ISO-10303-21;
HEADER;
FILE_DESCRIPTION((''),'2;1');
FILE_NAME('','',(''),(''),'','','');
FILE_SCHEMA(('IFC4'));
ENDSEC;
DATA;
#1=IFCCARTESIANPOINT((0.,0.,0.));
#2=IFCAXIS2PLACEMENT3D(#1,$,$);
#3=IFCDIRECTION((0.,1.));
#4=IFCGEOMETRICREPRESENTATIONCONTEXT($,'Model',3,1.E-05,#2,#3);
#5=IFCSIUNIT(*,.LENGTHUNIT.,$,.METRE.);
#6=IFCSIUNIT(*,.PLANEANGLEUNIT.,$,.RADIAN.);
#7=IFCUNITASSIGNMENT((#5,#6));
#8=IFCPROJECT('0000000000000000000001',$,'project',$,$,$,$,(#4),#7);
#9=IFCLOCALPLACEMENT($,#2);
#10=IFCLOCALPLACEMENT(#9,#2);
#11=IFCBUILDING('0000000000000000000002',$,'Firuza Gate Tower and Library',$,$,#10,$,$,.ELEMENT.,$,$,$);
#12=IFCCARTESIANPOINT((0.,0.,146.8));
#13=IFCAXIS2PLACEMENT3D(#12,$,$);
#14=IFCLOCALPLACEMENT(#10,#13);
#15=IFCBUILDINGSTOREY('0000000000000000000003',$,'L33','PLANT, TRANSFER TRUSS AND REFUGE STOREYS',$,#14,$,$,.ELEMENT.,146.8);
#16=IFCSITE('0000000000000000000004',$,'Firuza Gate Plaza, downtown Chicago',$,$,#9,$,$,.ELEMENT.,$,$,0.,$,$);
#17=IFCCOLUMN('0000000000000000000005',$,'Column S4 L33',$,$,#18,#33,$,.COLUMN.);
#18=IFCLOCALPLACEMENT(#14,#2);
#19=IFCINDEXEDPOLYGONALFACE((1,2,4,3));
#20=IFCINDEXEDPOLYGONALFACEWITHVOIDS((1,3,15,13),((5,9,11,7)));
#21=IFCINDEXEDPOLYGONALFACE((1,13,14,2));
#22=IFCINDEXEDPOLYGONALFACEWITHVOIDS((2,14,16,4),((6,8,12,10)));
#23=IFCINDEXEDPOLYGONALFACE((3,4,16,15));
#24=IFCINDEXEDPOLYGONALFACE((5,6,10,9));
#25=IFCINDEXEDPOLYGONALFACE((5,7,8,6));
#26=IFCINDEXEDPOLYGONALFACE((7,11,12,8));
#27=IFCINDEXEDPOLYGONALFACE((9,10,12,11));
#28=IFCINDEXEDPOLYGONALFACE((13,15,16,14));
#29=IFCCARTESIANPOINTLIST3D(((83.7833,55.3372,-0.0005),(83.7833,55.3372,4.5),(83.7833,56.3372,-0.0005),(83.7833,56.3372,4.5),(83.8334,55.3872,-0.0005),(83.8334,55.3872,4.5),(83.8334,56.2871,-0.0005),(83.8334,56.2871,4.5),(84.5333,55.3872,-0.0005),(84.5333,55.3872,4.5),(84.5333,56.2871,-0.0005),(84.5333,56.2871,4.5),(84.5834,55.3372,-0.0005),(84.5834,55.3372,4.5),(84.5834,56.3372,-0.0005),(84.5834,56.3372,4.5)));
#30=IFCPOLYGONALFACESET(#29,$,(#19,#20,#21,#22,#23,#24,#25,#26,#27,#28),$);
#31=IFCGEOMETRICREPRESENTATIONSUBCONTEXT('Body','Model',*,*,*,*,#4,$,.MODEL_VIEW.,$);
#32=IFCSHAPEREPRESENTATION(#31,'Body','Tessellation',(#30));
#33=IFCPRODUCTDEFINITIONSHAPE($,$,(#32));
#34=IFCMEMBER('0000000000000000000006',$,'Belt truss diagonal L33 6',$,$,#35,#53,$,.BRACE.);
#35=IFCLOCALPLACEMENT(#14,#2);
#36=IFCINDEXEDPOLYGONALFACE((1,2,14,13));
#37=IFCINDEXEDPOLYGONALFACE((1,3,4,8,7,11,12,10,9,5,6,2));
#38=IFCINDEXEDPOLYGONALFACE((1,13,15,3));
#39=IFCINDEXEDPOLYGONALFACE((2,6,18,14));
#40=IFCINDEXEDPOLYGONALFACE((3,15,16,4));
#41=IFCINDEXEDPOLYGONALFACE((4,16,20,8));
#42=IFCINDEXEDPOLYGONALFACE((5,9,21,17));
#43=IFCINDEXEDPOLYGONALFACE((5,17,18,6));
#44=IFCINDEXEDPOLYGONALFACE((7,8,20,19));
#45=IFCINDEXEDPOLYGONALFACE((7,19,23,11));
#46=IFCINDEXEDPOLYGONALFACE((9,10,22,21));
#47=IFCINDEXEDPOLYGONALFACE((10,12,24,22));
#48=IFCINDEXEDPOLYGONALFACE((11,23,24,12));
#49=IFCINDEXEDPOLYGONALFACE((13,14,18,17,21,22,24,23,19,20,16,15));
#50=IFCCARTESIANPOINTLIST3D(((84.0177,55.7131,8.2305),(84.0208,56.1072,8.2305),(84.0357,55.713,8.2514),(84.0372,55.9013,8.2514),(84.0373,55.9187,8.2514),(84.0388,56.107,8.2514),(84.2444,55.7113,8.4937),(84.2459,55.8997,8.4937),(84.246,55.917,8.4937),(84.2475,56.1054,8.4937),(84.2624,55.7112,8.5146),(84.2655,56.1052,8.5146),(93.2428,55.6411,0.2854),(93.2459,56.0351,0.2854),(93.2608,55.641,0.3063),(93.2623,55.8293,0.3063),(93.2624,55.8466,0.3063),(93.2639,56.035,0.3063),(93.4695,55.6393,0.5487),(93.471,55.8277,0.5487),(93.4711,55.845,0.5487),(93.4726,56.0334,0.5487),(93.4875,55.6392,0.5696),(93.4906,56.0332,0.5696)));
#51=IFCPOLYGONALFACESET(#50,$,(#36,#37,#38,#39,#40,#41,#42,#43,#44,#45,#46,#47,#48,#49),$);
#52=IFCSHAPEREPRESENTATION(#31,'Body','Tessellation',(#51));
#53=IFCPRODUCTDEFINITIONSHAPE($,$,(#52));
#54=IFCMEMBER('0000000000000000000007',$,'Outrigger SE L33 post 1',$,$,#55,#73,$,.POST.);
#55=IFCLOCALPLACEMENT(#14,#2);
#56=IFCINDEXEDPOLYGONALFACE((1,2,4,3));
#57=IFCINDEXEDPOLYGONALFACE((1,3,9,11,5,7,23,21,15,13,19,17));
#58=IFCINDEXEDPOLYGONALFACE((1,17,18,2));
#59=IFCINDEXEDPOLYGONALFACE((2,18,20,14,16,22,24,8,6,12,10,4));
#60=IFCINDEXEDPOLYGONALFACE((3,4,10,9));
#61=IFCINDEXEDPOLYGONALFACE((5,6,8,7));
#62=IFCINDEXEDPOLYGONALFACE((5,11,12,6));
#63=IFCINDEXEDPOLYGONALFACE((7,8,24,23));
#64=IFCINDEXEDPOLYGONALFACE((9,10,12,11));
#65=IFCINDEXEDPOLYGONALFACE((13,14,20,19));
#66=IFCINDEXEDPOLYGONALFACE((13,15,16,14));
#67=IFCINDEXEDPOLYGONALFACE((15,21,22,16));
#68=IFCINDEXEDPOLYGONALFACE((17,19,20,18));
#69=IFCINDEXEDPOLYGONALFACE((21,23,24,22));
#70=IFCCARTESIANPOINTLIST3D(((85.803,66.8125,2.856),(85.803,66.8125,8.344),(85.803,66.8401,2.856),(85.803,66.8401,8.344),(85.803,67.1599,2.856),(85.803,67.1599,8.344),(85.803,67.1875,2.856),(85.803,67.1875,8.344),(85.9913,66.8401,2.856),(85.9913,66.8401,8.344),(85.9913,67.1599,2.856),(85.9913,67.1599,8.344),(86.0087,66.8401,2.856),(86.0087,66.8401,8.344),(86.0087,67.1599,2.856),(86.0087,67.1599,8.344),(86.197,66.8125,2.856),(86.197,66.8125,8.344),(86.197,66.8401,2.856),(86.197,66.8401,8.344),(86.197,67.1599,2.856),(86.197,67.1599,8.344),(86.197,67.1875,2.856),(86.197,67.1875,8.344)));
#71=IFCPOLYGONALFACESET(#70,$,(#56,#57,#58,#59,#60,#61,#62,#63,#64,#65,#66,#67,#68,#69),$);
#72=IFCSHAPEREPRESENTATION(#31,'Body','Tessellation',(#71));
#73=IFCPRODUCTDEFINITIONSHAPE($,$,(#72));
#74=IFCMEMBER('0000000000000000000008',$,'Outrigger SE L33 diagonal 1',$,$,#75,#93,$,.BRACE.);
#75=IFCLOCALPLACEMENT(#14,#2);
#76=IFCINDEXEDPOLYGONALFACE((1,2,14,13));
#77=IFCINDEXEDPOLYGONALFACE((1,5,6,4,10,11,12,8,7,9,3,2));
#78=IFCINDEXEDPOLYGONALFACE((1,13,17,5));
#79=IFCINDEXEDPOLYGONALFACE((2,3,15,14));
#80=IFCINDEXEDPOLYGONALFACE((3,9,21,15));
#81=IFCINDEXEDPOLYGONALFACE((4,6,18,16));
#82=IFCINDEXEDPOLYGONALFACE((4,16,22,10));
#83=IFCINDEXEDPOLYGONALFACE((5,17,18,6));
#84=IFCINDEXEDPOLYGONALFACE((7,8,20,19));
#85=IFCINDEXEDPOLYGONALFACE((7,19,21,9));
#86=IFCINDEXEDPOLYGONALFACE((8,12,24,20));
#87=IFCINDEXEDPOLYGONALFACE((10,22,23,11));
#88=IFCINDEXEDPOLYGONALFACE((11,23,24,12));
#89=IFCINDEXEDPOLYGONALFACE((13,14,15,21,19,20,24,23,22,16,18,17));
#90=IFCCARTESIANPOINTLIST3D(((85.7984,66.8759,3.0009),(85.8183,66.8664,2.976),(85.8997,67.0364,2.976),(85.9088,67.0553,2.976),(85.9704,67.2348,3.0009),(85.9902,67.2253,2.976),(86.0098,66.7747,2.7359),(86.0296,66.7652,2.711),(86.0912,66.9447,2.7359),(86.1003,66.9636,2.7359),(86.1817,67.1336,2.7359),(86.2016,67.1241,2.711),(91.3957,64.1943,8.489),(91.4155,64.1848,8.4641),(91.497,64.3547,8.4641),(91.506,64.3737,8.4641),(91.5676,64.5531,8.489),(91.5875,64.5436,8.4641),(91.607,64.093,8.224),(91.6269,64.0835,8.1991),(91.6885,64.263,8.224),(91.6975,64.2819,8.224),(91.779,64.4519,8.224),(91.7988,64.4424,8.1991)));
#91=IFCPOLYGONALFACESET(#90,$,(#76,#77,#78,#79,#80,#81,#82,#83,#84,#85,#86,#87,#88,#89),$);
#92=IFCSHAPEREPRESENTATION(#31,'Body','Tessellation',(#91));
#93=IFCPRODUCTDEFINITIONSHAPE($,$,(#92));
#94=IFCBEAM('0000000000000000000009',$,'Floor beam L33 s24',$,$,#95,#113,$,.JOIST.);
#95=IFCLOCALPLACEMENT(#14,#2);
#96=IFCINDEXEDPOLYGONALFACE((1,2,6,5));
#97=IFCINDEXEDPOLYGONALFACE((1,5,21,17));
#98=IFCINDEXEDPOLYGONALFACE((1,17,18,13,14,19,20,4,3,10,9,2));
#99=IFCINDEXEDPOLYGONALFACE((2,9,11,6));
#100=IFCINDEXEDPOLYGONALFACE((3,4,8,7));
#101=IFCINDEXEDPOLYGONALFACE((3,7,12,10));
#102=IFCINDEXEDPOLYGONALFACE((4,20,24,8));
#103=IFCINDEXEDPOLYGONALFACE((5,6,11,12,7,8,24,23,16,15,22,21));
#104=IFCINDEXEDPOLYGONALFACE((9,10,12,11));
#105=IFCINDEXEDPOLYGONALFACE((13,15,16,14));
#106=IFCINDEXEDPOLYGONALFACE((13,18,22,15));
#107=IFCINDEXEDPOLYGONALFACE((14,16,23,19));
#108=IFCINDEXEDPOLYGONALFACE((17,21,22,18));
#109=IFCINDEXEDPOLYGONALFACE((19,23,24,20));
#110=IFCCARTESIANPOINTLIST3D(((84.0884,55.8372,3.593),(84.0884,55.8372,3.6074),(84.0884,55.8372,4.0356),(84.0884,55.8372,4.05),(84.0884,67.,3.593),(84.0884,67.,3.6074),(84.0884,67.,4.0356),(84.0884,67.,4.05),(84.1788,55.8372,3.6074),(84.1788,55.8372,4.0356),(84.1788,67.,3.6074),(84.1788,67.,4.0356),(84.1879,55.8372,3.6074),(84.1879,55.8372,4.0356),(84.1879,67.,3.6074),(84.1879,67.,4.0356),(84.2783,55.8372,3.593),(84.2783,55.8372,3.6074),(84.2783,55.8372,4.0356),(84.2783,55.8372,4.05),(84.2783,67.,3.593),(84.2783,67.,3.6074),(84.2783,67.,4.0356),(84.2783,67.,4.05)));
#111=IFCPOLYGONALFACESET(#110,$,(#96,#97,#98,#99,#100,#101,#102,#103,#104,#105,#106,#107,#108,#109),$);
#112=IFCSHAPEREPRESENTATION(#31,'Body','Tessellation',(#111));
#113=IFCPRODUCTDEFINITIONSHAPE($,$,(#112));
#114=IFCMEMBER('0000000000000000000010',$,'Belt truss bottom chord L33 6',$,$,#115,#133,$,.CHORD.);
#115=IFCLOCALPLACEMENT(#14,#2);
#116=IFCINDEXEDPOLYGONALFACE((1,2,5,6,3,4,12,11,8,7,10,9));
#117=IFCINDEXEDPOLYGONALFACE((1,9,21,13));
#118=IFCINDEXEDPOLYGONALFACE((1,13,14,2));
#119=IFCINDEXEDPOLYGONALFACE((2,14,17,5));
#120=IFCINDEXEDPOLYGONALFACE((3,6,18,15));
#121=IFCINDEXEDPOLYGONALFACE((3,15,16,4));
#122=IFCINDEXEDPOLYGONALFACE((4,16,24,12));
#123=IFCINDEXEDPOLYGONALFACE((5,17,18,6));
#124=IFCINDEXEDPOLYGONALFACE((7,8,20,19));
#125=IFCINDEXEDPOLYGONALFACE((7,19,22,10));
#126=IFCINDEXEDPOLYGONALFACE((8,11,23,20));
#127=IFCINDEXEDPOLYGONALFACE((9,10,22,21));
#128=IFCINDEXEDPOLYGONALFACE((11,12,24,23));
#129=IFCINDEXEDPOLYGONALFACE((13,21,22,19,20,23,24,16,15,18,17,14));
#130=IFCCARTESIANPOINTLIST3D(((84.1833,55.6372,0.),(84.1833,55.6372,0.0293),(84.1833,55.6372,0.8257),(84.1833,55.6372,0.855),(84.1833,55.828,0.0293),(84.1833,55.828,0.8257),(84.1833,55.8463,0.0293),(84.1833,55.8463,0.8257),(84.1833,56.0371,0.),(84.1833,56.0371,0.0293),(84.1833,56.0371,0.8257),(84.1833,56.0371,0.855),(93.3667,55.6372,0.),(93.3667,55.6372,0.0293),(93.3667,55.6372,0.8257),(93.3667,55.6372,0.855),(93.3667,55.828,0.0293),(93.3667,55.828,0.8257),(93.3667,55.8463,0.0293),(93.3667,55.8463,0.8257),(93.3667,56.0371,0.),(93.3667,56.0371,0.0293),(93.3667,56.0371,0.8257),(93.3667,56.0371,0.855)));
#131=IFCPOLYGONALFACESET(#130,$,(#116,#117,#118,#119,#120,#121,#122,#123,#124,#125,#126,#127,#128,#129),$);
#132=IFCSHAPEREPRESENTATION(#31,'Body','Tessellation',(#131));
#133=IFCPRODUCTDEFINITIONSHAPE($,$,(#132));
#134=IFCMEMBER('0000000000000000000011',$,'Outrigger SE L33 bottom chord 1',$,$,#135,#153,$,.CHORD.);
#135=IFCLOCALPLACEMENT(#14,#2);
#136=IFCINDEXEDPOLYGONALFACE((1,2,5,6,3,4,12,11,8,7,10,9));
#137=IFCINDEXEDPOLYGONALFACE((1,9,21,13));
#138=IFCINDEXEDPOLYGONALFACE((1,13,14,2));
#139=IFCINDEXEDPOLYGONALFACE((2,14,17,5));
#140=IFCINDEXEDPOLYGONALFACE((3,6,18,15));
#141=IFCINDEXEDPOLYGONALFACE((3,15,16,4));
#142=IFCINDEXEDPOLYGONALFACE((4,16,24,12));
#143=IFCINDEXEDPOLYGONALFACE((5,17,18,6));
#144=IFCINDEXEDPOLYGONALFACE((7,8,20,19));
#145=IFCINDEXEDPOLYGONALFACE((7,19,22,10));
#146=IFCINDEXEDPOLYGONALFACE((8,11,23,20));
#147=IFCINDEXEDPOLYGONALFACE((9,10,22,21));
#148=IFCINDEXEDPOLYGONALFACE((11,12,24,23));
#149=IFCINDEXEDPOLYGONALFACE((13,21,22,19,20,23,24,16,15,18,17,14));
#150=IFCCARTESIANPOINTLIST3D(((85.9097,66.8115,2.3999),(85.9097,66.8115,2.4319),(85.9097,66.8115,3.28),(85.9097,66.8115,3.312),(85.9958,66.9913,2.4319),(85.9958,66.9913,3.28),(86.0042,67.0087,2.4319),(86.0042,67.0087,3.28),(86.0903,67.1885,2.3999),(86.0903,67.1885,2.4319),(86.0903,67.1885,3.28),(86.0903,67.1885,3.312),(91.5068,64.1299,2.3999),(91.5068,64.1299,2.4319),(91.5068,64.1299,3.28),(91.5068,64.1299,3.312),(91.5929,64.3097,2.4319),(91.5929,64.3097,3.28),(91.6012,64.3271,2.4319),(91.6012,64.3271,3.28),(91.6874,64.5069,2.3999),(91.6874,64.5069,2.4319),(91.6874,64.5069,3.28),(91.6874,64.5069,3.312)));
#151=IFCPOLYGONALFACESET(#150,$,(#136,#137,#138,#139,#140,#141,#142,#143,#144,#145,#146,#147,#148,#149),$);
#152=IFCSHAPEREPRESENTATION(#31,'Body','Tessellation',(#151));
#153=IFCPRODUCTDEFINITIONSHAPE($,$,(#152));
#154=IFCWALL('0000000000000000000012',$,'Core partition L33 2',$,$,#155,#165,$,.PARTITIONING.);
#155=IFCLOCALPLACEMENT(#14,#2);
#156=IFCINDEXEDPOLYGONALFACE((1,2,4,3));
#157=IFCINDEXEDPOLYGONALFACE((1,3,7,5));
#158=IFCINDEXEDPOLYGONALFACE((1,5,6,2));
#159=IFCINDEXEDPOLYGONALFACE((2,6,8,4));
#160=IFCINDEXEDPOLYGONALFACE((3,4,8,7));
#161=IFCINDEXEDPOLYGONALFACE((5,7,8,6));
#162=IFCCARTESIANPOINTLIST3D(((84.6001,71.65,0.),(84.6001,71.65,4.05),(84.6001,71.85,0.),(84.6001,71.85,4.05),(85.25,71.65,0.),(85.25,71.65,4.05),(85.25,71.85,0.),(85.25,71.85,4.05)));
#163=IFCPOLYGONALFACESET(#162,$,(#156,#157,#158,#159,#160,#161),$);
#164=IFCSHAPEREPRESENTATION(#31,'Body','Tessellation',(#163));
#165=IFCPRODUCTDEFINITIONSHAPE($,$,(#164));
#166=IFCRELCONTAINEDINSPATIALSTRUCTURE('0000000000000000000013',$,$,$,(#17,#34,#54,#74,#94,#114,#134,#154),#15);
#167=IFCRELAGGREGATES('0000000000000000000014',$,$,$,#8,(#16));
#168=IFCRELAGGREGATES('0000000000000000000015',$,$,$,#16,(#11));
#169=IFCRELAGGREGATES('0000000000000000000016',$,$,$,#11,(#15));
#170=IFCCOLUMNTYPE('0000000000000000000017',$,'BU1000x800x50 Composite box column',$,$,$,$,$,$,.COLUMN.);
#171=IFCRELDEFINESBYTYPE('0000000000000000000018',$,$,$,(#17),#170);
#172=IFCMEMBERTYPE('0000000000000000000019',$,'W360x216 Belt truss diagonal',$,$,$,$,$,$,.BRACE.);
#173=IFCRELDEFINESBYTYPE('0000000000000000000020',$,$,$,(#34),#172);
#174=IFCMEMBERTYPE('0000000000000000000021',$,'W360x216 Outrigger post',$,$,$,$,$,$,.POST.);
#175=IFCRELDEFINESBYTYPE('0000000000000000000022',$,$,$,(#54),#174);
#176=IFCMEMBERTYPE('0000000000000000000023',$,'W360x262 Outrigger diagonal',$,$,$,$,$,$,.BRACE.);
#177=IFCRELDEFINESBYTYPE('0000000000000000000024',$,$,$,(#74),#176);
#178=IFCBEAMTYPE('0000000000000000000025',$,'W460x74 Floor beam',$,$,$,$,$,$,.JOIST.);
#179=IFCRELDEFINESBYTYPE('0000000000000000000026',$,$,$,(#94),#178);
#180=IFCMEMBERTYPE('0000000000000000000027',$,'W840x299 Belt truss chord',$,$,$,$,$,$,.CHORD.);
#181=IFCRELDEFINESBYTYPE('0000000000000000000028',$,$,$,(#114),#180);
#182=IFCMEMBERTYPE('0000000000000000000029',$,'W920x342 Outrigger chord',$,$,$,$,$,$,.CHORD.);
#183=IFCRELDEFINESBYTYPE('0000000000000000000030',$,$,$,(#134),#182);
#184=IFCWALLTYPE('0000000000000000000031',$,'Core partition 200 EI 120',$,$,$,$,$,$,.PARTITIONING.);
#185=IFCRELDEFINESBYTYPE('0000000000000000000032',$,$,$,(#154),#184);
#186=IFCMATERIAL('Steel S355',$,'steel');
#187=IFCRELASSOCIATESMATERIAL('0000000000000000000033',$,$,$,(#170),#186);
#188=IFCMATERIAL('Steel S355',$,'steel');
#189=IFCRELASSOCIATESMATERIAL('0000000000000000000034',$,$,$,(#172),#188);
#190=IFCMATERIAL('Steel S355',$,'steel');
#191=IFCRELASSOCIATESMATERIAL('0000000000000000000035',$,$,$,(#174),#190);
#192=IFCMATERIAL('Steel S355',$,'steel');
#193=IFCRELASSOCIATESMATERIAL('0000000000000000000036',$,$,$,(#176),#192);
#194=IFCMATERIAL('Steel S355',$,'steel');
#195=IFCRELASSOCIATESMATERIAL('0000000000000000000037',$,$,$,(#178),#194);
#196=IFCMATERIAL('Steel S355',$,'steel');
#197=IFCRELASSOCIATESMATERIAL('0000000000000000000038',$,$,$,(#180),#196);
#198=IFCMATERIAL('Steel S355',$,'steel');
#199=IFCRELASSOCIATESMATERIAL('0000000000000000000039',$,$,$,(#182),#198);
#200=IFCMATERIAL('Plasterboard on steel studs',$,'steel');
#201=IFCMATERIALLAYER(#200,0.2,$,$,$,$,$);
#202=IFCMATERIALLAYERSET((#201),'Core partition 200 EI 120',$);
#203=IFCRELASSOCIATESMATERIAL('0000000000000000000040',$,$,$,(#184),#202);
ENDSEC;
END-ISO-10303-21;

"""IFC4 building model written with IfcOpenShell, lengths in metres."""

from ifc_helpers import new_model, si_unit, direction, frame, frame_2d, origin, origin_2d, place, context, subcontext, project, spatial, rectangle, hollow_rectangle, i_section, extrude, material, layer, layer_set, material_profile, profile_set, type_object, element, save


model = new_model("IFC4")

# Units and contexts
model_context = context("Model", 3, precision=1e-05, world=origin(), true_north=direction((0.0, 1.0)))
body_context = subcontext(model_context, "Body", "Model", "MODEL_VIEW")
ifc_project = project(units=[si_unit("LENGTHUNIT", "METRE"), si_unit("PLANEANGLEUNIT", "RADIAN")], contexts=[model_context])

# Site, building, storey
site_placement = place(None, origin())
site = spatial("IfcSite", under=ifc_project, at=site_placement, Name="Firuza Gate Plaza, downtown Chicago", CompositionType="ELEMENT", RefElevation=0.0)
building_placement = place(site_placement, origin())
building = spatial("IfcBuilding", under=site, at=building_placement, Name="Firuza Gate Tower and Library", CompositionType="ELEMENT")
storey_placement = place(building_placement, frame((0.0, 0.0, 146.8)))
storey = spatial("IfcBuildingStorey", under=building, at=storey_placement, Name="L33", Description="PLANT, TRANSFER TRUSS AND REFUGE STOREYS", CompositionType="ELEMENT", Elevation=146.8)

# Column
ifc_material_1 = material(Name="Steel S355", Category="steel")
ifc_material_profile_1 = material_profile(ifc_material_1, hollow_rectangle(XDim=0.8, YDim=1.0, WallThickness=0.05, at=origin_2d()))
ifc_profile_set_1 = profile_set([ifc_material_profile_1], Name="Steel S355")
column_type = type_object("IfcColumnType", Name="BU1000x800x50 Composite box column", PredefinedType="COLUMN", material=ifc_profile_set_1)
column_placement = place(storey_placement, frame((84.1833, 55.8372, -0.0005), z_axis=(0.0, 0.0, 1.0), x_axis=(1.0, 0.0, 0.0)))
element("IfcColumn", 1, at=column_placement, inside=storey, type_object=column_type, Name="Column S4 L33", PredefinedType="COLUMN", context=body_context, shape_type="SweptSolid", body=[
    extrude(hollow_rectangle(XDim=0.8, YDim=1.0, WallThickness=0.05, at=origin_2d()), origin(), (0.0, 0.0, 1.0), 4.5005),
])

# Members
ifc_material_2 = material(Name="Steel S355", Category="steel")
ifc_material_profile_2 = material_profile(ifc_material_2, i_section(OverallWidth=0.394, OverallDepth=0.375, WebThickness=0.0173, FlangeThickness=0.0276, at=origin_2d()))
ifc_profile_set_2 = profile_set([ifc_material_profile_2], Name="Steel S355")
member_type_1 = type_object("IfcMemberType", Name="W360x216 Belt truss diagonal", PredefinedType="BRACE", material=ifc_profile_set_2)
member_1_placement = place(storey_placement, frame((84.1416, 55.9092, 8.3726), z_axis=(0.757705, -0.005916, -0.65257), x_axis=(0.007807, 0.99997, 0.0)))
element("IfcMember", 2, at=member_1_placement, inside=storey, type_object=member_type_1, Name="Belt truss diagonal L33 6", PredefinedType="BRACE", context=body_context, shape_type="SweptSolid", body=[
    extrude(i_section(OverallWidth=0.394, OverallDepth=0.375, WebThickness=0.0173, FlangeThickness=0.0276, at=origin_2d()), origin(), (0.0, 0.0, 1.0), 12.175),
])
ifc_material_3 = material(Name="Steel S355", Category="steel")
ifc_material_profile_3 = material_profile(ifc_material_3, i_section(OverallWidth=0.394, OverallDepth=0.375, WebThickness=0.0173, FlangeThickness=0.0276, at=origin_2d()))
ifc_profile_set_3 = profile_set([ifc_material_profile_3], Name="Steel S355")
member_type_2 = type_object("IfcMemberType", Name="W360x216 Outrigger post", PredefinedType="POST", material=ifc_profile_set_3)
member_2_placement = place(storey_placement, frame((86.0, 67.0, 2.856), z_axis=(0.0, 0.0, 1.0), x_axis=(1.0, 0.0, 0.0)))
element("IfcMember", 3, at=member_2_placement, inside=storey, type_object=member_type_2, Name="Outrigger SE L33 post 1", PredefinedType="POST", context=body_context, shape_type="SweptSolid", body=[
    extrude(i_section(OverallWidth=0.394, OverallDepth=0.375, WebThickness=0.0173, FlangeThickness=0.0276, at=origin_2d()), origin(), (0.0, 0.0, 1.0), 5.488),
])
ifc_material_4 = material(Name="Steel S355", Category="steel")
ifc_material_profile_4 = material_profile(ifc_material_4, i_section(OverallWidth=0.3979, OverallDepth=0.387, WebThickness=0.021, FlangeThickness=0.0332, at=origin_2d()))
ifc_profile_set_4 = profile_set([ifc_material_profile_4], Name="Steel S355")
member_type_3 = type_object("IfcMemberType", Name="W360x262 Outrigger diagonal", PredefinedType="BRACE", material=ifc_profile_set_4)
member_3_placement = place(storey_placement, frame((86.0, 67.0, 2.856), z_axis=(0.675594, -0.323682, 0.662422), x_axis=(0.432076, 0.901837, 0.0)))
element("IfcMember", 4, at=member_3_placement, inside=storey, type_object=member_type_3, Name="Outrigger SE L33 diagonal 1", PredefinedType="BRACE", context=body_context, shape_type="SweptSolid", body=[
    extrude(i_section(OverallWidth=0.3979, OverallDepth=0.387, WebThickness=0.021, FlangeThickness=0.0332, at=origin_2d()), origin(), (0.0, 0.0, 1.0), 8.2849),
])

# Beam
ifc_material_5 = material(Name="Steel S355", Category="steel")
ifc_material_profile_5 = material_profile(ifc_material_5, i_section(OverallWidth=0.1899, OverallDepth=0.457, WebThickness=0.009, FlangeThickness=0.0144, at=origin_2d()))
ifc_profile_set_5 = profile_set([ifc_material_profile_5], Name="Steel S355")
beam_type = type_object("IfcBeamType", Name="W460x74 Floor beam", PredefinedType="JOIST", material=ifc_profile_set_5)
beam_placement = place(storey_placement, frame((84.1833, 55.8372, 3.8215), z_axis=(0.0, 1.0, 0.0), x_axis=(-1.0, 0.0, 0.0)))
element("IfcBeam", 5, at=beam_placement, inside=storey, type_object=beam_type, Name="Floor beam L33 s24", PredefinedType="JOIST", context=body_context, shape_type="SweptSolid", body=[
    extrude(i_section(OverallWidth=0.1899, OverallDepth=0.457, WebThickness=0.009, FlangeThickness=0.0144, at=origin_2d()), origin(), (0.0, 0.0, 1.0), 11.1628),
])

# Members
ifc_material_6 = material(Name="Steel S355", Category="steel")
ifc_material_profile_6 = material_profile(ifc_material_6, i_section(OverallWidth=0.3999, OverallDepth=0.855, WebThickness=0.0183, FlangeThickness=0.0293, at=origin_2d()))
ifc_profile_set_6 = profile_set([ifc_material_profile_6], Name="Steel S355")
member_type_4 = type_object("IfcMemberType", Name="W840x299 Belt truss chord", PredefinedType="CHORD", material=ifc_profile_set_6)
member_4_placement = place(storey_placement, frame((84.1833, 55.8372, 0.4275), z_axis=(1.0, 0.0, 0.0), x_axis=(0.0, 1.0, 0.0)))
element("IfcMember", 6, at=member_4_placement, inside=storey, type_object=member_type_4, Name="Belt truss bottom chord L33 6", PredefinedType="CHORD", context=body_context, shape_type="SweptSolid", body=[
    extrude(i_section(OverallWidth=0.3999, OverallDepth=0.855, WebThickness=0.0183, FlangeThickness=0.0293, at=origin_2d()), origin(), (0.0, 0.0, 1.0), 9.1833),
])
ifc_material_7 = material(Name="Steel S355", Category="steel")
ifc_material_profile_7 = material_profile(ifc_material_7, i_section(OverallWidth=0.418, OverallDepth=0.9121, WebThickness=0.0193, FlangeThickness=0.032, at=origin_2d()))
ifc_profile_set_7 = profile_set([ifc_material_profile_7], Name="Steel S355")
member_type_5 = type_object("IfcMemberType", Name="W920x342 Outrigger chord", PredefinedType="CHORD", material=ifc_profile_set_7)
member_5_placement = place(storey_placement, frame((86.0, 67.0, 2.856), z_axis=(0.901837, -0.432076, 0.0), x_axis=(0.432076, 0.901837, 0.0)))
element("IfcMember", 7, at=member_5_placement, inside=storey, type_object=member_type_5, Name="Outrigger SE L33 bottom chord 1", PredefinedType="CHORD", context=body_context, shape_type="SweptSolid", body=[
    extrude(i_section(OverallWidth=0.418, OverallDepth=0.9121, WebThickness=0.0193, FlangeThickness=0.032, at=origin_2d()), origin(), (0.0, 0.0, 1.0), 6.2063),
])

# Wall
ifc_material_8 = material(Name="Plasterboard on steel studs", Category="steel")
ifc_layer_1 = layer(ifc_material_8, 0.2)
ifc_layer_set_1 = layer_set([ifc_layer_1], Name="Core partition 200 EI 120")
wall_type_1 = type_object("IfcWallType", Name="Core partition 200 EI 120", PredefinedType="PARTITIONING", material=ifc_layer_set_1)
wall_1_placement = place(storey_placement, frame((84.6001, 71.75, 0.0), z_axis=(0.0, 0.0, 1.0), x_axis=(1.0, 0.0, 0.0)))
element("IfcWall", 8, at=wall_1_placement, inside=storey, type_object=wall_type_1, Name="Core partition L33 2", PredefinedType="PARTITIONING", context=body_context, shape_type="SweptSolid", body=[
    extrude(rectangle(XDim=0.6499, YDim=0.2, at=frame_2d((0.325, 0.0))), origin(), (0.0, 0.0, 1.0), 4.05),
])

save(model, "model.ifc")
